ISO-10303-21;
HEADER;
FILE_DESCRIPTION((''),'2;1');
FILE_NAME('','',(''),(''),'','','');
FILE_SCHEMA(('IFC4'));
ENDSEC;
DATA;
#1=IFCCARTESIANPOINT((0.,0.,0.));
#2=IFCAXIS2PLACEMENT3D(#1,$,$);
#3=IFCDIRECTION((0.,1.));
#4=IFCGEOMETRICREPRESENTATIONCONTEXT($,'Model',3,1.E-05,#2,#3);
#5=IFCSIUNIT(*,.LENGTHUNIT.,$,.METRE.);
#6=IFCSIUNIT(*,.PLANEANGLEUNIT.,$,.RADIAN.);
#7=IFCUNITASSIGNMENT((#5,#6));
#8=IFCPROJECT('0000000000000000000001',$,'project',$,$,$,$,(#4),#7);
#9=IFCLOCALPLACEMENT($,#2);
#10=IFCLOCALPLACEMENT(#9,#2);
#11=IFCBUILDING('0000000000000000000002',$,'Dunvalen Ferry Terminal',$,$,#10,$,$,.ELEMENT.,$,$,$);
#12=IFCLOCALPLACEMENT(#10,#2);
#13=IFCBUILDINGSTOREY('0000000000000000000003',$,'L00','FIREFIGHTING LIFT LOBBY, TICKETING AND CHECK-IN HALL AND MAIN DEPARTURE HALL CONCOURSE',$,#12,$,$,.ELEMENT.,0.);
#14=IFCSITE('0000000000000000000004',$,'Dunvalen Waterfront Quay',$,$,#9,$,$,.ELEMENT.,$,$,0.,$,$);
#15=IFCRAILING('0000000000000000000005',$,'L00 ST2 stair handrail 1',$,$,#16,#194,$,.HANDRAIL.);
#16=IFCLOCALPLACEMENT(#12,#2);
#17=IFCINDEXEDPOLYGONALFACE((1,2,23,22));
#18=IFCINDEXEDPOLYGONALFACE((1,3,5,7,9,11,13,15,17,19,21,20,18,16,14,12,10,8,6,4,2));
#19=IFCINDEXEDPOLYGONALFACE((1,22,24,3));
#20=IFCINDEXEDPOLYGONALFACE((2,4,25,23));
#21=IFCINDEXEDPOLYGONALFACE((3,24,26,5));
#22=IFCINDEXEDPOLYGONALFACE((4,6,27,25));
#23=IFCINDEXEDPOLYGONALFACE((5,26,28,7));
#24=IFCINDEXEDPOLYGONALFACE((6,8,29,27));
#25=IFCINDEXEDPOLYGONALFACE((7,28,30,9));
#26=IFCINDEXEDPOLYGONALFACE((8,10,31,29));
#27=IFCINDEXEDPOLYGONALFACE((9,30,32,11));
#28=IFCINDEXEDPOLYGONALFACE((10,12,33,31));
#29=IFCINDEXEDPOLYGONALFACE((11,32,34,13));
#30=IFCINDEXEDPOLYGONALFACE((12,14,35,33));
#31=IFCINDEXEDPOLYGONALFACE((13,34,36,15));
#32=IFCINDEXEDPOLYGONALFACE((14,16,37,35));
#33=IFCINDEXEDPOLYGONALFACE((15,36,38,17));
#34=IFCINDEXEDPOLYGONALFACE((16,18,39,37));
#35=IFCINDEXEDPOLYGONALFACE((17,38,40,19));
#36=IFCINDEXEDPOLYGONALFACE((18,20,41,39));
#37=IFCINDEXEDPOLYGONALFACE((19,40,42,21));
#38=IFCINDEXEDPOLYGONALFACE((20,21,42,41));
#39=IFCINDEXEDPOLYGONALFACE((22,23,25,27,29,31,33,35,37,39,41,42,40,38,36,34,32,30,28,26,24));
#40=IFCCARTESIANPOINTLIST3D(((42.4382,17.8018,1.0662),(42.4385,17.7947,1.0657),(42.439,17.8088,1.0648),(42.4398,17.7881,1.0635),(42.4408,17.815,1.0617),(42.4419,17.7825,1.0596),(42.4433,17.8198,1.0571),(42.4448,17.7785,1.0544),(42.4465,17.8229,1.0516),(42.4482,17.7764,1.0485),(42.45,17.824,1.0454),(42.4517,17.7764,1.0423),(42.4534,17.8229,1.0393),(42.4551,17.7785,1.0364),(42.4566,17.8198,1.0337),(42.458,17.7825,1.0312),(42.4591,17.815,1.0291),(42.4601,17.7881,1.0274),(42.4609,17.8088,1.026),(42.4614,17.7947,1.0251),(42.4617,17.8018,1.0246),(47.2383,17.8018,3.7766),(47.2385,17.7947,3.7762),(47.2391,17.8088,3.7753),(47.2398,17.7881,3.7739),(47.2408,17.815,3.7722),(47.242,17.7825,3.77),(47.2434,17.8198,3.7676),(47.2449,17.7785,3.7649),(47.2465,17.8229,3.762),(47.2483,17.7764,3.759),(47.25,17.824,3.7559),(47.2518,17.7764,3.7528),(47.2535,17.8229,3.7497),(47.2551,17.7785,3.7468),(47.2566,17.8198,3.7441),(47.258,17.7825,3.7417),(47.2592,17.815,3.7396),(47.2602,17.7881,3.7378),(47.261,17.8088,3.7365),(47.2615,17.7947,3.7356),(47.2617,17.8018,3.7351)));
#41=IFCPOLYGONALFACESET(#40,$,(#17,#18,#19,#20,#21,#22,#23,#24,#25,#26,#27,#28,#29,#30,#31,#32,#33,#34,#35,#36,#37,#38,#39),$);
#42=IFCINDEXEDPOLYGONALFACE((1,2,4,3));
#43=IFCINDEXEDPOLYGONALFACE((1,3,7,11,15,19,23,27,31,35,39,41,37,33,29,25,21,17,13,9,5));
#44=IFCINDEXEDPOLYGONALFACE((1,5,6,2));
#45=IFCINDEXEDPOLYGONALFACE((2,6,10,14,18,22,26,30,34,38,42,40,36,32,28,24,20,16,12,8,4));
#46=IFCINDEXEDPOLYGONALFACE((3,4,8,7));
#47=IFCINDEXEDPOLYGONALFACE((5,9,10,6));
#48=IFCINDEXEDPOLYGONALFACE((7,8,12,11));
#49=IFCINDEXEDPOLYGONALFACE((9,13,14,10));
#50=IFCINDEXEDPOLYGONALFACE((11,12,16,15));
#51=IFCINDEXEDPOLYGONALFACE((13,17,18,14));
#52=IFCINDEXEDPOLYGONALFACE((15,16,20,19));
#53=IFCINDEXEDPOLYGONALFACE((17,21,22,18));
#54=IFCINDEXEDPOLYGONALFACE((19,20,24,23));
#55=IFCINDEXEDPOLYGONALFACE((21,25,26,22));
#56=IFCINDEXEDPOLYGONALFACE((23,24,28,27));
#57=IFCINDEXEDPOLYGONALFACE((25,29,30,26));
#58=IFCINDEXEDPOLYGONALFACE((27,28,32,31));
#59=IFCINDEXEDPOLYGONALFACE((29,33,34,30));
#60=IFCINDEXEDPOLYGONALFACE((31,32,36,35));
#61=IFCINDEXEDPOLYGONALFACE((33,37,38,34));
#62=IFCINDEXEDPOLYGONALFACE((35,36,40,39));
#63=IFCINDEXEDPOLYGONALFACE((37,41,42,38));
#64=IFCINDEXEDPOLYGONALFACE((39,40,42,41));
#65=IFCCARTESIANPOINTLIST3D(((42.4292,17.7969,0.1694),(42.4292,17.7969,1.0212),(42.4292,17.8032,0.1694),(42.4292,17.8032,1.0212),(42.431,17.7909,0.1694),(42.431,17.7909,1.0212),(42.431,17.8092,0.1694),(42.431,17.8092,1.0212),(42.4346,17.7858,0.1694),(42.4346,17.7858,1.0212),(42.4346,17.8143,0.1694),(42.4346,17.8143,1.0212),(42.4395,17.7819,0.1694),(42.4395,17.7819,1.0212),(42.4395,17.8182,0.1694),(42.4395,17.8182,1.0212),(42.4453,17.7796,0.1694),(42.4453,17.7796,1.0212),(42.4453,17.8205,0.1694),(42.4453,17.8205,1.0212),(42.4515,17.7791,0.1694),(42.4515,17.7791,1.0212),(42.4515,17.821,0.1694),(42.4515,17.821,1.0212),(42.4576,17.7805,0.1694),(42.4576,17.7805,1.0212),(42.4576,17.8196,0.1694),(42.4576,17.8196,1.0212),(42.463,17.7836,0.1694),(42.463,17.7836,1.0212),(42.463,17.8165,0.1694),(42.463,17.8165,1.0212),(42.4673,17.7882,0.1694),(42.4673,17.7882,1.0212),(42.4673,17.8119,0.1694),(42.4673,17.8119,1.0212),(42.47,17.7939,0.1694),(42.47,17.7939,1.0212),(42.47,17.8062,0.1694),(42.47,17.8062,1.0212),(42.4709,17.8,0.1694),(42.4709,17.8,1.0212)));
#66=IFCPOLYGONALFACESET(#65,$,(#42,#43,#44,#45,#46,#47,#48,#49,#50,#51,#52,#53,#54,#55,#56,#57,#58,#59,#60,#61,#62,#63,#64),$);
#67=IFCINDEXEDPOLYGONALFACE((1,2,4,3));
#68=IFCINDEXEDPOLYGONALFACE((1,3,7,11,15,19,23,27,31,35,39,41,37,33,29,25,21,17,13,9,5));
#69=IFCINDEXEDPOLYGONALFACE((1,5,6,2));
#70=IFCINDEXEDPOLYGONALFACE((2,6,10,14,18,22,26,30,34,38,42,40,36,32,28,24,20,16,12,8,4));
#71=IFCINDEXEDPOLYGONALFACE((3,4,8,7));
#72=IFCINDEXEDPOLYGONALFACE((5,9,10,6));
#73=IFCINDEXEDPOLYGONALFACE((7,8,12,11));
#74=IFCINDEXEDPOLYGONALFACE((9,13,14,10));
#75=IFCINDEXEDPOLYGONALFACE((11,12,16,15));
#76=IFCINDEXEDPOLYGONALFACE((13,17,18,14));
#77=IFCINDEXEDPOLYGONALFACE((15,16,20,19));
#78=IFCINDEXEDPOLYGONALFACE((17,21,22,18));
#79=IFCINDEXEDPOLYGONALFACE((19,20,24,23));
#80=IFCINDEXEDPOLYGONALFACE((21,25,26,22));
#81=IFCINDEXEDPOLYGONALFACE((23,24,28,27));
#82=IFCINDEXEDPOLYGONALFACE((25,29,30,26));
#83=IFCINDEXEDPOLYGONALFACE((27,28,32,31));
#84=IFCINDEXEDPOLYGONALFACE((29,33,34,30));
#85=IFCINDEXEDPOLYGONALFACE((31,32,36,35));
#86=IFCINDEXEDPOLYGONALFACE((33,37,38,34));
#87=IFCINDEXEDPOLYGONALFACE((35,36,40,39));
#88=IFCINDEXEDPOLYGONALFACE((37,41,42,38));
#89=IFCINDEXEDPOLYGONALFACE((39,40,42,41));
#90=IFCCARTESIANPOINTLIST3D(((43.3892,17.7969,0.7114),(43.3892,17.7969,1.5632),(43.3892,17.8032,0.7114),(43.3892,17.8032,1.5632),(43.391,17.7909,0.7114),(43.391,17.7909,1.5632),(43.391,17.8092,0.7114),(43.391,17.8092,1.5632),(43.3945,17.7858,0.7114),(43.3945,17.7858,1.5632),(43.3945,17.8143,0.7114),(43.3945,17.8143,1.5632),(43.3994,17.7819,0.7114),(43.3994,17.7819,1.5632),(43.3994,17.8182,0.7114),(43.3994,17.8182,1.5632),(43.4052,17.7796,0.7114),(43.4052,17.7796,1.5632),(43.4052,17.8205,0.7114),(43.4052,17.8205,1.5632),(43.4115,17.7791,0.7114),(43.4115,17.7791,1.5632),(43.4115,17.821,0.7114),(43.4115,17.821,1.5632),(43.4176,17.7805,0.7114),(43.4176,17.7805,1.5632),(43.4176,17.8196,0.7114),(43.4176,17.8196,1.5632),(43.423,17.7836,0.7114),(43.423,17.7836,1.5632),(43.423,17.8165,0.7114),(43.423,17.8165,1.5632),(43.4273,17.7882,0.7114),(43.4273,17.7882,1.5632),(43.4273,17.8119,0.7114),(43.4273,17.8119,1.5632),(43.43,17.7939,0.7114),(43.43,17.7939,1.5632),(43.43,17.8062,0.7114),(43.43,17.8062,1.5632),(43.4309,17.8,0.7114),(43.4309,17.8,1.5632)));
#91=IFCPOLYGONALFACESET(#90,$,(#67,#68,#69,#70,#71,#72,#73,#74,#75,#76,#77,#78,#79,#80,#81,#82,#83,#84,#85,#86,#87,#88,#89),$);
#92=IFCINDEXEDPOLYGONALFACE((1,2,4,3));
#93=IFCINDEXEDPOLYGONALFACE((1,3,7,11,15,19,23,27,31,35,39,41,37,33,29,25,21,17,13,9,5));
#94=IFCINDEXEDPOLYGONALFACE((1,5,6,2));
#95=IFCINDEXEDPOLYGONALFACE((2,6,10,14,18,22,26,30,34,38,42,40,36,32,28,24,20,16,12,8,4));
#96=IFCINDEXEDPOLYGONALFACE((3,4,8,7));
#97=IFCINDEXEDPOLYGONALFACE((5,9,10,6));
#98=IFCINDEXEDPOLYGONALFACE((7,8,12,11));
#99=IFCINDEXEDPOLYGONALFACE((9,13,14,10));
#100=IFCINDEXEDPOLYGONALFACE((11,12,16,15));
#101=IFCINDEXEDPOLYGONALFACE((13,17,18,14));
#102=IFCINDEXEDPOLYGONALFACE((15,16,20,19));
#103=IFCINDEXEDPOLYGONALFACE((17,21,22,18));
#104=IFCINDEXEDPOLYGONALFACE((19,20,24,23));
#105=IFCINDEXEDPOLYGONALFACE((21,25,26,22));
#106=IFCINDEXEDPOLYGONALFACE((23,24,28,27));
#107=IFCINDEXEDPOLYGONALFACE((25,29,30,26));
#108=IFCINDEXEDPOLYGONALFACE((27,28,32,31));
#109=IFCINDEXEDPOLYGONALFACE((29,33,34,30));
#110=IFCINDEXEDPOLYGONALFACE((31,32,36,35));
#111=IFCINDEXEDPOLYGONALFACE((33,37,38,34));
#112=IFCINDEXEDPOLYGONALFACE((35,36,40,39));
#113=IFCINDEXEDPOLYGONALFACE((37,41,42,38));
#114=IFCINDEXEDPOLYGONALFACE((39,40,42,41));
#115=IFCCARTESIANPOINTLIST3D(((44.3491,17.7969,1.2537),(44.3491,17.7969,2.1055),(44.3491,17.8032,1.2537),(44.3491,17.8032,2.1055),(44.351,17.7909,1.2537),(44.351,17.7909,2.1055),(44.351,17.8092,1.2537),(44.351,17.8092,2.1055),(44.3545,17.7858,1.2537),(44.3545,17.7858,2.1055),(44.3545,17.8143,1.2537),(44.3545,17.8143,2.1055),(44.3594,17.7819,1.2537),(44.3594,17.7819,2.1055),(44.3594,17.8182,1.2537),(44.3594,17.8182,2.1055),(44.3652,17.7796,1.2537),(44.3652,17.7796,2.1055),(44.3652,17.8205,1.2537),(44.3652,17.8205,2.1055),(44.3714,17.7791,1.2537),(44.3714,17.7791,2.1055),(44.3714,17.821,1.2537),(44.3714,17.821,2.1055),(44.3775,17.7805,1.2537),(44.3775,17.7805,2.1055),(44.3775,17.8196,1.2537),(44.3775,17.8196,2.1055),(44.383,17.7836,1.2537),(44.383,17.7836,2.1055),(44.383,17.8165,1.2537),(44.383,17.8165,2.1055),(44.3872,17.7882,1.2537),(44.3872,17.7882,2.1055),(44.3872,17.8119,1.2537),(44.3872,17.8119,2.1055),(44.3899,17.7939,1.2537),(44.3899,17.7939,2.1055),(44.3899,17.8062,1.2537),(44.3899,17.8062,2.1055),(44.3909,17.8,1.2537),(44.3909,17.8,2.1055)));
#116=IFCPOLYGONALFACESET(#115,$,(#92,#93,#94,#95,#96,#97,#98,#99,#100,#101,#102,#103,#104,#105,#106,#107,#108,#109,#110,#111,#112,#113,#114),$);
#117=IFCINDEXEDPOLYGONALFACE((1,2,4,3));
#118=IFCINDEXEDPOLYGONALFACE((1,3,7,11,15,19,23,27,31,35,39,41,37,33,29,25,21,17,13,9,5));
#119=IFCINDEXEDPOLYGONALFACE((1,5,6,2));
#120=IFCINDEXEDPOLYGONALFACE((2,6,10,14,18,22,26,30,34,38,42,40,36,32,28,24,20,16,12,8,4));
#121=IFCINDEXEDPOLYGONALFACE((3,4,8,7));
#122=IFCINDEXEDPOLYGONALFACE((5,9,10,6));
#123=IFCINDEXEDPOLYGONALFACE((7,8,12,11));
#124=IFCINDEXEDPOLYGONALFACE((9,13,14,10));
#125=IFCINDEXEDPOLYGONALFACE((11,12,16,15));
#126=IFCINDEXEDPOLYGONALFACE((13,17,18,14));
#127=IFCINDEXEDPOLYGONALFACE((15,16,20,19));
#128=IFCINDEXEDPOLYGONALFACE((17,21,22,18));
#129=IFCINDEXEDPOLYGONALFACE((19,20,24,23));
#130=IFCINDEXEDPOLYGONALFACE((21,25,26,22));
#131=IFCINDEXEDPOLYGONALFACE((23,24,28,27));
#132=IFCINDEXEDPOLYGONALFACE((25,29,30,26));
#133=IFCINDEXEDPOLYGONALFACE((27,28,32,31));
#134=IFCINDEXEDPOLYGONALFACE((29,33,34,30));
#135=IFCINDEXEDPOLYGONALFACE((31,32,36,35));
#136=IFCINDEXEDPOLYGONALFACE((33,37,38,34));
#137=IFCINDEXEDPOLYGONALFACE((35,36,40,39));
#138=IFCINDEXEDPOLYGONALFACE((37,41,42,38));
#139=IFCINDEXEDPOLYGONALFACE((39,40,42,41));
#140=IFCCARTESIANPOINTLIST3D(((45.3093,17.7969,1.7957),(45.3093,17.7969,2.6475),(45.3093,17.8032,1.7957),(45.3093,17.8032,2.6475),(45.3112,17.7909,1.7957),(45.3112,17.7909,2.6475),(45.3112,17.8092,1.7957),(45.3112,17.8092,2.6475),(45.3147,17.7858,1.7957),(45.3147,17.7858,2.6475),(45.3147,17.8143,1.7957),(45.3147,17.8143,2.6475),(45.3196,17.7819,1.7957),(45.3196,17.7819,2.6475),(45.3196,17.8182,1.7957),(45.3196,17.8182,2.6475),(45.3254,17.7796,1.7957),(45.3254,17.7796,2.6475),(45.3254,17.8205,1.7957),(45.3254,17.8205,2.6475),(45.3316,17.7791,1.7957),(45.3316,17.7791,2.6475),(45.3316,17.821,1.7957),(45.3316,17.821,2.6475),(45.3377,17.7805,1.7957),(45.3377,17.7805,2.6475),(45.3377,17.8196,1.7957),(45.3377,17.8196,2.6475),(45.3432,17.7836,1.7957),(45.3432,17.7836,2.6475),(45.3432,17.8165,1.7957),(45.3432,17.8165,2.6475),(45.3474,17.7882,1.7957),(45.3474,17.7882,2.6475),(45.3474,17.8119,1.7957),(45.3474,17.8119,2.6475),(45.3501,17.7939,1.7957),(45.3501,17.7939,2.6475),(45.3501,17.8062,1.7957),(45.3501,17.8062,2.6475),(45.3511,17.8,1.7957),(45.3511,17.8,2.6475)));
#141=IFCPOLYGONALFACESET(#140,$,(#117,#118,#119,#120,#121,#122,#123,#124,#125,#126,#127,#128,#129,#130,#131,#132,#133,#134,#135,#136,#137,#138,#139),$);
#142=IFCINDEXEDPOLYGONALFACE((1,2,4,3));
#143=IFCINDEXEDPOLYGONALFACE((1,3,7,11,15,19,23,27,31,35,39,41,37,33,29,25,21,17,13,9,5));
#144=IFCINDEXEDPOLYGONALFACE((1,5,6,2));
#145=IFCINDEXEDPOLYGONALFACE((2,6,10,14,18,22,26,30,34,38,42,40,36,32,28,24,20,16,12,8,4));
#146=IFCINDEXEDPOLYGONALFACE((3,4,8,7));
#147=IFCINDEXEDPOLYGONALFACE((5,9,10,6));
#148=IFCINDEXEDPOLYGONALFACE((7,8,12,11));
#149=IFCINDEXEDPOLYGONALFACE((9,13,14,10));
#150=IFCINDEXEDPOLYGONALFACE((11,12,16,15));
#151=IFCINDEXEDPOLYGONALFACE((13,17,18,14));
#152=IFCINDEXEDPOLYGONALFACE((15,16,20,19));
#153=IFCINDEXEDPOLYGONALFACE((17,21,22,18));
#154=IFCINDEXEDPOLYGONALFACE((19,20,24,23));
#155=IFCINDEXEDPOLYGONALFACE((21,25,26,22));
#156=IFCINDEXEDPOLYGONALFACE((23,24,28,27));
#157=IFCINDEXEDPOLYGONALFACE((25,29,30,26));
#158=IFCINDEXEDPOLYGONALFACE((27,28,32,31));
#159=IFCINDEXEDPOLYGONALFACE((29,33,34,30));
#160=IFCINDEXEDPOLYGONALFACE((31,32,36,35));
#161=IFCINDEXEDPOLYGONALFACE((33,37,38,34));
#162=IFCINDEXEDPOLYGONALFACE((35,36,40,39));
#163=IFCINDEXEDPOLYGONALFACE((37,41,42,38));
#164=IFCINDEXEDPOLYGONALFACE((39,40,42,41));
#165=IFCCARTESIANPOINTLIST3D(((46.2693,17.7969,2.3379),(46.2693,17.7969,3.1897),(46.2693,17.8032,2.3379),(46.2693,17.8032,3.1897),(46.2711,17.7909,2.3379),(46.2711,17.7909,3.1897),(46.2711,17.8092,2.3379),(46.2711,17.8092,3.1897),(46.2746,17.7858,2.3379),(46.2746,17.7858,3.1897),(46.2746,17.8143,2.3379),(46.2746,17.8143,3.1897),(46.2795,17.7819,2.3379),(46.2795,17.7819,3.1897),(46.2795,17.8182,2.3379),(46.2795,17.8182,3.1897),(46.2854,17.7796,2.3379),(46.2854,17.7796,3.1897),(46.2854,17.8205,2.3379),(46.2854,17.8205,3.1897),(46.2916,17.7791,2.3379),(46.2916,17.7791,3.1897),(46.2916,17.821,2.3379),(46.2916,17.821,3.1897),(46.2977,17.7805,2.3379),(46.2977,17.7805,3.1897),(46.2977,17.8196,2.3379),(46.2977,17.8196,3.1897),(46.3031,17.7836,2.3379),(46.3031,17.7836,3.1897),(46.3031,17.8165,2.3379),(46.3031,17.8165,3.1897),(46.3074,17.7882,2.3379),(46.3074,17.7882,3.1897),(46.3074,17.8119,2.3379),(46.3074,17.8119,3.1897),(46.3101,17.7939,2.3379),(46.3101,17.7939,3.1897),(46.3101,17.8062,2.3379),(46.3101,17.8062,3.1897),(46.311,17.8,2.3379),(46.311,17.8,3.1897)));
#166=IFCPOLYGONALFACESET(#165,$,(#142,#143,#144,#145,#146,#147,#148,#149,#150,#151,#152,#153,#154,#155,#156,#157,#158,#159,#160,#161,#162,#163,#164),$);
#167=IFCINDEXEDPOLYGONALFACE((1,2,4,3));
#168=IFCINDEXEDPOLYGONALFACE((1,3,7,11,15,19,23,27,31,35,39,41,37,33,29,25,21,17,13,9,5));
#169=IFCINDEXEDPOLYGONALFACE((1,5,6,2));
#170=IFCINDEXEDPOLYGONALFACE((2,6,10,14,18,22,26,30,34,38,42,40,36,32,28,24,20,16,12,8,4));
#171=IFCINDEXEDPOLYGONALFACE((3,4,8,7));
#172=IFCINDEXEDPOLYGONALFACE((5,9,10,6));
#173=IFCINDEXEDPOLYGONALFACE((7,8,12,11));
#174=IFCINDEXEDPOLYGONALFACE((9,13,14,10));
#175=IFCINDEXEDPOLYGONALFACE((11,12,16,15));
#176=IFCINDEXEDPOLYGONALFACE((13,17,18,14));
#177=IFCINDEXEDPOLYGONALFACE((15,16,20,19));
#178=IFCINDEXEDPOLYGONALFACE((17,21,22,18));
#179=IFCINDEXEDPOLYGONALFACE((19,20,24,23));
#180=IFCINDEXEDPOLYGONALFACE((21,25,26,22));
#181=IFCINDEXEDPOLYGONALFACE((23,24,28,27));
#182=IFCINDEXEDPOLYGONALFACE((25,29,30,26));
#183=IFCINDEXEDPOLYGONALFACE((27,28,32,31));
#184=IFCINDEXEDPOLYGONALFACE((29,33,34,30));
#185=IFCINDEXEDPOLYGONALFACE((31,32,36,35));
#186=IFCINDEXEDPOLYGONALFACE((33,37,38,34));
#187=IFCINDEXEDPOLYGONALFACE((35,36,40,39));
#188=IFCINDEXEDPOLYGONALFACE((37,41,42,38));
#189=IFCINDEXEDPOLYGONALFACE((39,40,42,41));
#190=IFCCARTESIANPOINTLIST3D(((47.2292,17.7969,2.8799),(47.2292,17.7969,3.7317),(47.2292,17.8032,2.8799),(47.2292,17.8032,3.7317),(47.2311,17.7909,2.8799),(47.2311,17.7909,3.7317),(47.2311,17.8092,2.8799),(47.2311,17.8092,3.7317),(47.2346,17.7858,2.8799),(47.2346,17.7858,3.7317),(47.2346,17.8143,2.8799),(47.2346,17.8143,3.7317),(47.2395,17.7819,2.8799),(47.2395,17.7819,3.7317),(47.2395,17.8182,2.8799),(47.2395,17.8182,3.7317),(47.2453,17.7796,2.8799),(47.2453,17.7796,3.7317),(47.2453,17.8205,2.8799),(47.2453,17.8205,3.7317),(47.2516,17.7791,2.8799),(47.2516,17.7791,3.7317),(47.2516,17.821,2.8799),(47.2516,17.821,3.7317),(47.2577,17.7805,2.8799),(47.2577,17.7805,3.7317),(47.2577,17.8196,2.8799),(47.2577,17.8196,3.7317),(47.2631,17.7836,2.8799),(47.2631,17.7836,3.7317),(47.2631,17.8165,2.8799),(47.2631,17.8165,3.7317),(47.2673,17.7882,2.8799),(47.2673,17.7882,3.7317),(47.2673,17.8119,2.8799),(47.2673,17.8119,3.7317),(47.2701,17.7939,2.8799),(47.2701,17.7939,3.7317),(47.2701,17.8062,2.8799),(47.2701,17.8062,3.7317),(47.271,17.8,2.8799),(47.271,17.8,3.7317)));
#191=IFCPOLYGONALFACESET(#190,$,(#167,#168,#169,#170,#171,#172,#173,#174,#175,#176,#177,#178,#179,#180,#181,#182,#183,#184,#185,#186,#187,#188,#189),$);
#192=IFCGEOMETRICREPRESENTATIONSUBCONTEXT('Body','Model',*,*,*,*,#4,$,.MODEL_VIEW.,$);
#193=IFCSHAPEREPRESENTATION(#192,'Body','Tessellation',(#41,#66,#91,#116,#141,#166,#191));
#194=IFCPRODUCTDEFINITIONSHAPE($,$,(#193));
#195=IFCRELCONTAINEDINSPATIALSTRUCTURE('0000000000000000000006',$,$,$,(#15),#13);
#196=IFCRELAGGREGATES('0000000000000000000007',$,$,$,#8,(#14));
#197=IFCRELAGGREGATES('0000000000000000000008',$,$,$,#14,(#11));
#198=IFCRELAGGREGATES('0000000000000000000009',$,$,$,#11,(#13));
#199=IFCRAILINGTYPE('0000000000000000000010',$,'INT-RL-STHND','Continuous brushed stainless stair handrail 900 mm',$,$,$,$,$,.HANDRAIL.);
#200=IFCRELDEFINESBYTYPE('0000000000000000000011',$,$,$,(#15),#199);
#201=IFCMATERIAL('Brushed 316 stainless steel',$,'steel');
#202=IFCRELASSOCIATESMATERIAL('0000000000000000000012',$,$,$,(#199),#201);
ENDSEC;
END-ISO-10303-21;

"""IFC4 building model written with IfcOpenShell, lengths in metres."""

from ifc_helpers import new_model, si_unit, direction, frame, origin, origin_2d, place, context, subcontext, project, spatial, circle, extrude, material, type_object, element, save


model = new_model("IFC4")

# Units and contexts
model_context = context("Model", 3, precision=1e-05, world=origin(), true_north=direction((0.0, 1.0)))
body_context = subcontext(model_context, "Body", "Model", "MODEL_VIEW")
ifc_project = project(units=[si_unit("LENGTHUNIT", "METRE"), si_unit("PLANEANGLEUNIT", "RADIAN")], contexts=[model_context])

# Site, building, storey
site_placement = place(None, origin())
site = spatial("IfcSite", under=ifc_project, at=site_placement, Name="Dunvalen Waterfront Quay", CompositionType="ELEMENT", RefElevation=0.0)
building_placement = place(site_placement, origin())
building = spatial("IfcBuilding", under=site, at=building_placement, Name="Dunvalen Ferry Terminal", CompositionType="ELEMENT")
storey_placement = place(building_placement, origin())
storey = spatial("IfcBuildingStorey", under=building, at=storey_placement, Name="L00", Description="FIREFIGHTING LIFT LOBBY, TICKETING AND CHECK-IN HALL AND MAIN DEPARTURE HALL CONCOURSE", CompositionType="ELEMENT", Elevation=0.0)

# Shared definitions
ifc_material_1 = material(Name="Brushed 316 stainless steel", Category="steel")

# Railing
railing_type_1 = type_object("IfcRailingType", Name="INT-RL-STHND", Description="Continuous brushed stainless stair handrail 900 mm", PredefinedType="HANDRAIL", material=ifc_material_1)
railing_1_placement = place(storey_placement, frame((42.45, 17.8, 0.1694)))
element("IfcRailing", 1, at=railing_1_placement, inside=storey, type_object=railing_type_1, Name="L00 ST2 stair handrail 1", PredefinedType="HANDRAIL", context=body_context, shape_type="SweptSolid", body=[
    extrude(circle(Radius=0.0239, at=origin_2d()), frame((0.0, 0.0, 0.876), z_axis=(0.870767, 0.0, 0.491697), x_axis=(0.0, 1.0, 0.0)), (0.0, 0.0, 1.0), 5.5125),
    extrude(circle(Radius=0.021, at=origin_2d()), origin(), (0.0, 0.0, 1.0), 0.8518),
    extrude(circle(Radius=0.021, at=origin_2d()), frame((0.96, 0.0, 0.542)), (0.0, 0.0, 1.0), 0.8518),
    extrude(circle(Radius=0.021, at=origin_2d()), frame((1.9199, 0.0, 1.0842)), (0.0, 0.0, 1.0), 0.8518),
    extrude(circle(Radius=0.021, at=origin_2d()), frame((2.8801, 0.0, 1.6262)), (0.0, 0.0, 1.0), 0.8518),
    extrude(circle(Radius=0.021, at=origin_2d()), frame((3.8401, 0.0, 2.1685)), (0.0, 0.0, 1.0), 0.8518),
    extrude(circle(Radius=0.021, at=origin_2d()), frame((4.8, 0.0, 2.7104)), (0.0, 0.0, 1.0), 0.8518),
])

save(model, "model.ifc")
